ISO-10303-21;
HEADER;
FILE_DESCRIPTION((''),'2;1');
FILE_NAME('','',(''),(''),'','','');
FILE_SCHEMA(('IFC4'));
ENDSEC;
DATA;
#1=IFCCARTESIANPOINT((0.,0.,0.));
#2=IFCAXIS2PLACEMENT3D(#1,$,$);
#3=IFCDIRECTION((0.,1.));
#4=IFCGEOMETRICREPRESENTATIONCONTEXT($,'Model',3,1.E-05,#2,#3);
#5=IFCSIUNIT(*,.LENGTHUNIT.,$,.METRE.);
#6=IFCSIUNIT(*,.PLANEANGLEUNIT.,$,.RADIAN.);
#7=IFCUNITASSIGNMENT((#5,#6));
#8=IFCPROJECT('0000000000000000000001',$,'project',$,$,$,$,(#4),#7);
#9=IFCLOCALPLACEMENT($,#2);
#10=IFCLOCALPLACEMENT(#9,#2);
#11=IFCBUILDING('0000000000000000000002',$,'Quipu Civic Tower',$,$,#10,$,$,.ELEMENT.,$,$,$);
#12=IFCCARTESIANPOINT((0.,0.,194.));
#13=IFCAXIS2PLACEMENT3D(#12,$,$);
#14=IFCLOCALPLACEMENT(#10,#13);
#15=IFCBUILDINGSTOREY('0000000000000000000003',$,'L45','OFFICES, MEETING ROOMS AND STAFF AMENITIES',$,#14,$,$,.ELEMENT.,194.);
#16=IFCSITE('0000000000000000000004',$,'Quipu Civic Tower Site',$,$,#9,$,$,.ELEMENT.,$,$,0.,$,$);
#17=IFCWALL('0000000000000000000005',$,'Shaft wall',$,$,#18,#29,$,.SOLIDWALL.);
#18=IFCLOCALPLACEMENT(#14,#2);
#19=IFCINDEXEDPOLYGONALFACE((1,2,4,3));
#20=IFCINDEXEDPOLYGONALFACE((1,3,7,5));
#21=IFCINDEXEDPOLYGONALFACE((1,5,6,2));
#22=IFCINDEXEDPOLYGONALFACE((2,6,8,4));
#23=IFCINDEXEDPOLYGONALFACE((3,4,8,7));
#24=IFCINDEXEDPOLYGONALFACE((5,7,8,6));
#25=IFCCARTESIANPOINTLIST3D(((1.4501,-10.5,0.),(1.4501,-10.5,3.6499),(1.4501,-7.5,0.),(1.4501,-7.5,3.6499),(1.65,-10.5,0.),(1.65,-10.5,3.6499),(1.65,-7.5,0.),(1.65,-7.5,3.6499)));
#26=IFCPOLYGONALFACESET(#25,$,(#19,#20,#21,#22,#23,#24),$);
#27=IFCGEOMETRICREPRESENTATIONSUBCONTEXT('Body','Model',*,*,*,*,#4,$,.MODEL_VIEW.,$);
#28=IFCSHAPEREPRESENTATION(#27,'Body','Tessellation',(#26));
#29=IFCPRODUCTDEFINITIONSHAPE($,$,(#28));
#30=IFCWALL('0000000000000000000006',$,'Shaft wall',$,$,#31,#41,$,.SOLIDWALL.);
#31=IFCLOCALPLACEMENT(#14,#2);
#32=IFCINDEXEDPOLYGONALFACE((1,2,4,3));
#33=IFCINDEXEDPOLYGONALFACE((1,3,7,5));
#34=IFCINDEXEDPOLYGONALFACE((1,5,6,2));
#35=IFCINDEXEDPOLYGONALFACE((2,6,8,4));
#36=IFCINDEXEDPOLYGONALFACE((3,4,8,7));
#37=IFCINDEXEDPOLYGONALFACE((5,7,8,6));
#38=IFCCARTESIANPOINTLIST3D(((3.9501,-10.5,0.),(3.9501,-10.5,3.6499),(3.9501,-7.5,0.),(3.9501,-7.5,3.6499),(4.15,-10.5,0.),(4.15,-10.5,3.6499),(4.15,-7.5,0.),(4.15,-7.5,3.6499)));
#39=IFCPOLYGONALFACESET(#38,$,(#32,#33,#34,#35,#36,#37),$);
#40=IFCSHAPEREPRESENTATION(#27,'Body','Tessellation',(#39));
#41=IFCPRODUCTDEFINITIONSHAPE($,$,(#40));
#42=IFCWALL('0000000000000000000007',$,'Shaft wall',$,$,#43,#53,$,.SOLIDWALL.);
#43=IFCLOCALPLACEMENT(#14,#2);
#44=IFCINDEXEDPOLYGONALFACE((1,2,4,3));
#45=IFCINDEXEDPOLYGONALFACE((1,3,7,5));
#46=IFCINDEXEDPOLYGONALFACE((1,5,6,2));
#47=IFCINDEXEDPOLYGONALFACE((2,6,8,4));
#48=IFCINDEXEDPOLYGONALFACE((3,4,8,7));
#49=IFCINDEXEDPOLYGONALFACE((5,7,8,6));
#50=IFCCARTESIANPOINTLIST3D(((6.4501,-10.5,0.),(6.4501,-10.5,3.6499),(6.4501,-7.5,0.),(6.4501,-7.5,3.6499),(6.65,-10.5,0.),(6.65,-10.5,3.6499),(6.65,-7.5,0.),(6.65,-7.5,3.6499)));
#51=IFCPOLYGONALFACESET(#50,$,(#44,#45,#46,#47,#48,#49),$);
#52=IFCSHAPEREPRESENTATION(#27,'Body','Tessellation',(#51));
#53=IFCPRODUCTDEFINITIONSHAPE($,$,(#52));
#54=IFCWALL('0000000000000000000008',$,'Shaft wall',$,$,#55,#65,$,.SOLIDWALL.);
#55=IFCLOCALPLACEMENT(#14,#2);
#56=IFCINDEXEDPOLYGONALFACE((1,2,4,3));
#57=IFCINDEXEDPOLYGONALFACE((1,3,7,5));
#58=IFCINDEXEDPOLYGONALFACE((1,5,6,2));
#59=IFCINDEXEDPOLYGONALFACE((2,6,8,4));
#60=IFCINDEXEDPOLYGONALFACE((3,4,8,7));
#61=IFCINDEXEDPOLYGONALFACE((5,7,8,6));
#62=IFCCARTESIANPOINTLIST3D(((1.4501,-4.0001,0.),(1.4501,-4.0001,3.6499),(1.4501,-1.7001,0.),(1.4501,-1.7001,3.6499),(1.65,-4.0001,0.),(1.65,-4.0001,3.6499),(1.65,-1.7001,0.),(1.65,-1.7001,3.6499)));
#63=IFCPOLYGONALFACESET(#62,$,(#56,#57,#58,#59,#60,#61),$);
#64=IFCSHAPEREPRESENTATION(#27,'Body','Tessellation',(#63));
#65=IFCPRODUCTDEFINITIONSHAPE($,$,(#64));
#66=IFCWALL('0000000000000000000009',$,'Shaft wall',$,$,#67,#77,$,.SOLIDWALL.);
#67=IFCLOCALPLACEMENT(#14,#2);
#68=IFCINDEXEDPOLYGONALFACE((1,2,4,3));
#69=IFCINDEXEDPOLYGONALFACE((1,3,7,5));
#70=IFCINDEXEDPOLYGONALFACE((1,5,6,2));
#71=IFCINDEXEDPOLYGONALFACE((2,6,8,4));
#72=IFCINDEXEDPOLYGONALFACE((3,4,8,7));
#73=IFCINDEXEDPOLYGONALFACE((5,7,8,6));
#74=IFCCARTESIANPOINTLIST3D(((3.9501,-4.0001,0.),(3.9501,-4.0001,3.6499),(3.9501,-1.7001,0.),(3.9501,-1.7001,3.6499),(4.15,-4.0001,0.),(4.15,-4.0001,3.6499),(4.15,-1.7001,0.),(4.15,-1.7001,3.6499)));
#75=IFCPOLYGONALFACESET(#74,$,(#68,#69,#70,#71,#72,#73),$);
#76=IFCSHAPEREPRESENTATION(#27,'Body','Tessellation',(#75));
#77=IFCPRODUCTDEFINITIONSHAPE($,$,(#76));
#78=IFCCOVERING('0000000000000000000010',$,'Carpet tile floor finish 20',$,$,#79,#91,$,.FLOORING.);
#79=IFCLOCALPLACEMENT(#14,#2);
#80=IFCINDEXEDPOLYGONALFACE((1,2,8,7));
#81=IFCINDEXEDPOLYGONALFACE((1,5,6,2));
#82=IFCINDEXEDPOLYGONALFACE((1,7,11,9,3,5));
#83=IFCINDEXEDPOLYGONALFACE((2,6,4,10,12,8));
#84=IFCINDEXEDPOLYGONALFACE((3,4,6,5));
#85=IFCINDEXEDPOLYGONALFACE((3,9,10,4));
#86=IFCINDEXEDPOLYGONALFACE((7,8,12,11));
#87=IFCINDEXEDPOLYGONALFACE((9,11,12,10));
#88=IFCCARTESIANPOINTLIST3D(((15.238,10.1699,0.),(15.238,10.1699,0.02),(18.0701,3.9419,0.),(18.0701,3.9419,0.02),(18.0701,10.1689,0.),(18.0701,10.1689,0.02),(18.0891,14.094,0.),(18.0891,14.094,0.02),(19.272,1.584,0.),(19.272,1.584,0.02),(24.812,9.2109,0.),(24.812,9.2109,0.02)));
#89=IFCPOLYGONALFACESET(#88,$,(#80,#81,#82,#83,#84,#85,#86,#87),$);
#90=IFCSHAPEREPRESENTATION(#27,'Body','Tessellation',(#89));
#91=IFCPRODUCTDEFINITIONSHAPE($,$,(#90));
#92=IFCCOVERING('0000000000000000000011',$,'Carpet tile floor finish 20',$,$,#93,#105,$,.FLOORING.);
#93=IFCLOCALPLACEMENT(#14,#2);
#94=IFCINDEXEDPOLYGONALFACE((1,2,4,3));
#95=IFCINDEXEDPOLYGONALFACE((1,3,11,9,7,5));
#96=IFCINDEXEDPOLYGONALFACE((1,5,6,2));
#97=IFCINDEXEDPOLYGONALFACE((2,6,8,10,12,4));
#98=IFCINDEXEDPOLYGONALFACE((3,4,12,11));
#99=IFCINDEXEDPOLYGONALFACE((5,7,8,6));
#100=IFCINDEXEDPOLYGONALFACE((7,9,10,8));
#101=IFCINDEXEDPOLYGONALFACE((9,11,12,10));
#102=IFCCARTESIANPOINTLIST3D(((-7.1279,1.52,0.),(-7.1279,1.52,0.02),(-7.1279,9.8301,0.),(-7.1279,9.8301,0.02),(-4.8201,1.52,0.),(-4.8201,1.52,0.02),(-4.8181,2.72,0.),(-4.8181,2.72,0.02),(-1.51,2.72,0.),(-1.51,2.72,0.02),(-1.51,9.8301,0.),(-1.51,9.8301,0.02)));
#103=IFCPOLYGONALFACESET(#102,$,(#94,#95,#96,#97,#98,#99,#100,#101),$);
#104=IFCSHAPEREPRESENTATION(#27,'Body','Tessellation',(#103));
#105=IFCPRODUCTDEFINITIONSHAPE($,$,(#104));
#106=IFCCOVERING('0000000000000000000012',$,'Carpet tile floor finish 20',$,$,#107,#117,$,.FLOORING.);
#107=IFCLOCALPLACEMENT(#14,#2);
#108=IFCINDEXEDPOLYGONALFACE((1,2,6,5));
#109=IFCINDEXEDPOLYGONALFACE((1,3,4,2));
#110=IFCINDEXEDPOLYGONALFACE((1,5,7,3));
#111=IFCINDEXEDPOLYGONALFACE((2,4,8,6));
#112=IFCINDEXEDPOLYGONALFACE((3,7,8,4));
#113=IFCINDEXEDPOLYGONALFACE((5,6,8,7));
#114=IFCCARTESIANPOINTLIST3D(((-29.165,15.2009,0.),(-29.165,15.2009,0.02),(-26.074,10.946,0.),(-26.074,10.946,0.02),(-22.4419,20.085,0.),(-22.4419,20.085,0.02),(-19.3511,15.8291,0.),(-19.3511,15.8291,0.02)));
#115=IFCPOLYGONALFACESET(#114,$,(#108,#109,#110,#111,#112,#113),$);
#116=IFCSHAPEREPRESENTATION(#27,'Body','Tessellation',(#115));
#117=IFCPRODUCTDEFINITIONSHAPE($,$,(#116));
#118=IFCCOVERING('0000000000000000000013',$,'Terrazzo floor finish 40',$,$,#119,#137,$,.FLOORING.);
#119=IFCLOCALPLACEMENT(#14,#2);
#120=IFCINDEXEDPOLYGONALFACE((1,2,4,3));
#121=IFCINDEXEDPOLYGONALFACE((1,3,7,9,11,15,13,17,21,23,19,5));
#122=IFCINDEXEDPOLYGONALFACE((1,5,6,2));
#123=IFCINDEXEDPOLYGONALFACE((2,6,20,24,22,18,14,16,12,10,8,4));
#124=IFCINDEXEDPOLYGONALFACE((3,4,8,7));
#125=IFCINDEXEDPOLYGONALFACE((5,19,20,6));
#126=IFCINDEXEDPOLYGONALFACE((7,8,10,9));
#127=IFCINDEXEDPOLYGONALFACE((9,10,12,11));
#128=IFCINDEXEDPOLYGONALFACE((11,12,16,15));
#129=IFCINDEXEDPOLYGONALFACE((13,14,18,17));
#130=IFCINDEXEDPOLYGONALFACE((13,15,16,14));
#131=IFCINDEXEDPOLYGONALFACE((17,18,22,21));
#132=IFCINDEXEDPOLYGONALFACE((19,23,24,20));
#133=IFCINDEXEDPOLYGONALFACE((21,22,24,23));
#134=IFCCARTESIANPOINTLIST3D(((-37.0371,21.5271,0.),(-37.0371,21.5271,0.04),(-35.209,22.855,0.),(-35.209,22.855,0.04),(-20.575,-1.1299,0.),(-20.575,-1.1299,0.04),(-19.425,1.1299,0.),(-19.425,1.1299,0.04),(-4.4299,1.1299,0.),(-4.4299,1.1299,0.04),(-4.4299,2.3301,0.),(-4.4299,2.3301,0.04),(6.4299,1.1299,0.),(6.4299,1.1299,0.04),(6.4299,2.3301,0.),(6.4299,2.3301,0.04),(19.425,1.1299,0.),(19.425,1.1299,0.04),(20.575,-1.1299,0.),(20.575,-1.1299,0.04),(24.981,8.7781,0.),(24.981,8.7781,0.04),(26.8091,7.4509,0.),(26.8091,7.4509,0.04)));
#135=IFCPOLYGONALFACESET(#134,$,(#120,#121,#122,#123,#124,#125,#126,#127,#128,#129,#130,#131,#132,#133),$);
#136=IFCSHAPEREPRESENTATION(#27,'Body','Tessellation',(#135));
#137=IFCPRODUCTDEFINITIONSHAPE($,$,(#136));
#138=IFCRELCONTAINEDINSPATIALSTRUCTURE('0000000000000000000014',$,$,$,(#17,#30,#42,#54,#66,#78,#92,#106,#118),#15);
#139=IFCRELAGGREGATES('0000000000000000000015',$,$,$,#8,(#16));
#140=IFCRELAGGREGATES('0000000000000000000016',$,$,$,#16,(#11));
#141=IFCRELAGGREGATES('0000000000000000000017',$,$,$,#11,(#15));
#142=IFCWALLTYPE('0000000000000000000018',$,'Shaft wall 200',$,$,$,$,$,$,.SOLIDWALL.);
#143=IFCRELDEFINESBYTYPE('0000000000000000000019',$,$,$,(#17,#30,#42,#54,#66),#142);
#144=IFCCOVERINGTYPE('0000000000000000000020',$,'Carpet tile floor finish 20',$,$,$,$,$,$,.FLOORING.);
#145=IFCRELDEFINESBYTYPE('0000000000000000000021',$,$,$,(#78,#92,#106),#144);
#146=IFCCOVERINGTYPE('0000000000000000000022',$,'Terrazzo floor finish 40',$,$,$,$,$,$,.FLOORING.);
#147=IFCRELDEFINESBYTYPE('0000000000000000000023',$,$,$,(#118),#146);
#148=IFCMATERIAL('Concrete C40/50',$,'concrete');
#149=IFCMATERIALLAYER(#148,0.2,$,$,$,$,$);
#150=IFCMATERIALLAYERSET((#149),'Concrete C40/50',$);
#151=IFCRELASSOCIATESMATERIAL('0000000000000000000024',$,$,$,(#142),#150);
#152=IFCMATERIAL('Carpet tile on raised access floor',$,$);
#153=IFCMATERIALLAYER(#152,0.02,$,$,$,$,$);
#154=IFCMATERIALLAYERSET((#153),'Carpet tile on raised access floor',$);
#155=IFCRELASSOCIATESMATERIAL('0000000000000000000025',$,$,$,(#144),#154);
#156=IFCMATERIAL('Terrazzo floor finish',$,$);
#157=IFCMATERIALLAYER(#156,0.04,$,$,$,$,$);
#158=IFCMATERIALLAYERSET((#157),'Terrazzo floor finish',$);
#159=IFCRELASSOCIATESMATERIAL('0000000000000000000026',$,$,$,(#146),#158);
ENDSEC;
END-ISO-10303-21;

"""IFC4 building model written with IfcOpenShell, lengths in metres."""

from ifc_helpers import new_model, si_unit, direction, frame, frame_2d, origin, place, context, subcontext, project, spatial, polyline, rectangle, outline, extrude, material, layer, layer_set, type_object, element, save


model = new_model("IFC4")

# Units and contexts
model_context = context("Model", 3, precision=1e-05, world=origin(), true_north=direction((0.0, 1.0)))
body_context = subcontext(model_context, "Body", "Model", "MODEL_VIEW")
ifc_project = project(units=[si_unit("LENGTHUNIT", "METRE"), si_unit("PLANEANGLEUNIT", "RADIAN")], contexts=[model_context])

# Site, building, storey
site_placement = place(None, origin())
site = spatial("IfcSite", under=ifc_project, at=site_placement, Name="Quipu Civic Tower Site", CompositionType="ELEMENT", RefElevation=0.0)
building_placement = place(site_placement, origin())
building = spatial("IfcBuilding", under=site, at=building_placement, Name="Quipu Civic Tower", CompositionType="ELEMENT")
storey_placement = place(building_placement, frame((0.0, 0.0, 194.0)))
storey = spatial("IfcBuildingStorey", under=building, at=storey_placement, Name="L45", Description="OFFICES, MEETING ROOMS AND STAFF AMENITIES", CompositionType="ELEMENT", Elevation=194.0)

# Walls
ifc_material_1 = material(Name="Concrete C40/50", Category="concrete")
ifc_layer_1 = layer(ifc_material_1, 0.2)
ifc_layer_set_1 = layer_set([ifc_layer_1], Name="Concrete C40/50")
wall_type_1 = type_object("IfcWallType", Name="Shaft wall 200", PredefinedType="SOLIDWALL", material=ifc_layer_set_1)
for number, where, z_axis, x_axis, name in (
    (1, (1.55, -10.5, 0.0), (0.0, 0.0, 1.0), (0.0, 1.0, 0.0), "Shaft wall"),
    (2, (4.05, -10.5, 0.0), (0.0, 0.0, 1.0), (0.0, 1.0, 0.0), "Shaft wall"),
    (3, (6.55, -10.5, 0.0), (0.0, 0.0, 1.0), (0.0, 1.0, 0.0), "Shaft wall"),
):
    element("IfcWall", number, at=place(storey_placement, frame(where, z_axis=z_axis, x_axis=x_axis)), inside=storey, type_object=wall_type_1, Name=name, PredefinedType="SOLIDWALL", context=body_context, shape_type="SweptSolid", body=[
        extrude(rectangle(XDim=3.0, YDim=0.2, at=frame_2d((1.5, 0.0))), origin(), (0.0, 0.0, 1.0), 3.6499),
    ])
for number, where, z_axis, x_axis, name in (
    (4, (1.55, -4.0, 0.0), (0.0, 0.0, 1.0), (0.0, 1.0, 0.0), "Shaft wall"),
    (5, (4.05, -4.0, 0.0), (0.0, 0.0, 1.0), (0.0, 1.0, 0.0), "Shaft wall"),
):
    element("IfcWall", number, at=place(storey_placement, frame(where, z_axis=z_axis, x_axis=x_axis)), inside=storey, type_object=wall_type_1, Name=name, PredefinedType="SOLIDWALL", context=body_context, shape_type="SweptSolid", body=[
        extrude(rectangle(XDim=2.3, YDim=0.2, at=frame_2d((1.1499, 0.0))), origin(), (0.0, 0.0, 1.0), 3.6499),
    ])

# Coverings
ifc_material_2 = material(Name="Carpet tile on raised access floor")
ifc_layer_2 = layer(ifc_material_2, 0.02)
ifc_layer_set_2 = layer_set([ifc_layer_2], Name="Carpet tile on raised access floor")
covering_type_1 = type_object("IfcCoveringType", Name="Carpet tile floor finish 20", PredefinedType="FLOORING", material=ifc_layer_set_2)
covering_1_placement = place(storey_placement, origin())
element("IfcCovering", 6, at=covering_1_placement, inside=storey, type_object=covering_type_1, Name="Carpet tile floor finish 20", PredefinedType="FLOORING", context=body_context, shape_type="SweptSolid", body=[
    extrude(outline(polyline([(15.238, 10.1699), (18.0891, 14.094), (24.812, 9.2109), (19.272, 1.584), (18.0701, 3.9419), (18.0701, 10.1689), (15.238, 10.1699)])), origin(), (0.0, 0.0, 1.0), 0.02),
])
covering_2_placement = place(storey_placement, origin())
element("IfcCovering", 7, at=covering_2_placement, inside=storey, type_object=covering_type_1, Name="Carpet tile floor finish 20", PredefinedType="FLOORING", context=body_context, shape_type="SweptSolid", body=[
    extrude(outline(polyline([(-7.1279, 9.8301), (-1.51, 9.8301), (-1.51, 2.72), (-4.8181, 2.72), (-4.8201, 1.52), (-7.1279, 1.52), (-7.1279, 9.8301)])), origin(), (0.0, 0.0, 1.0), 0.02),
])
covering_3_placement = place(storey_placement, origin())
element("IfcCovering", 8, at=covering_3_placement, inside=storey, type_object=covering_type_1, Name="Carpet tile floor finish 20", PredefinedType="FLOORING", context=body_context, shape_type="SweptSolid", body=[
    extrude(outline(polyline([(-29.165, 15.2009), (-22.4419, 20.085), (-19.3511, 15.8291), (-26.074, 10.946), (-29.165, 15.2009)])), origin(), (0.0, 0.0, 1.0), 0.02),
])
ifc_material_3 = material(Name="Terrazzo floor finish")
ifc_layer_3 = layer(ifc_material_3, 0.04)
ifc_layer_set_3 = layer_set([ifc_layer_3], Name="Terrazzo floor finish")
covering_type_2 = type_object("IfcCoveringType", Name="Terrazzo floor finish 40", PredefinedType="FLOORING", material=ifc_layer_set_3)
covering_4_placement = place(storey_placement, origin())
element("IfcCovering", 9, at=covering_4_placement, inside=storey, type_object=covering_type_2, Name="Terrazzo floor finish 40", PredefinedType="FLOORING", context=body_context, shape_type="SweptSolid", body=[
    extrude(outline(polyline([(19.425, 1.1299), (24.981, 8.7781), (26.8091, 7.4509), (20.575, -1.1299), (-20.575, -1.1299), (-37.0371, 21.5271), (-35.209, 22.855), (-19.425, 1.1299), (-4.4299, 1.1299), (-4.4299, 2.3301), (6.4299, 2.3301), (6.4299, 1.1299), (19.425, 1.1299)])), origin(), (0.0, 0.0, 1.0), 0.04),
])

save(model, "model.ifc")
